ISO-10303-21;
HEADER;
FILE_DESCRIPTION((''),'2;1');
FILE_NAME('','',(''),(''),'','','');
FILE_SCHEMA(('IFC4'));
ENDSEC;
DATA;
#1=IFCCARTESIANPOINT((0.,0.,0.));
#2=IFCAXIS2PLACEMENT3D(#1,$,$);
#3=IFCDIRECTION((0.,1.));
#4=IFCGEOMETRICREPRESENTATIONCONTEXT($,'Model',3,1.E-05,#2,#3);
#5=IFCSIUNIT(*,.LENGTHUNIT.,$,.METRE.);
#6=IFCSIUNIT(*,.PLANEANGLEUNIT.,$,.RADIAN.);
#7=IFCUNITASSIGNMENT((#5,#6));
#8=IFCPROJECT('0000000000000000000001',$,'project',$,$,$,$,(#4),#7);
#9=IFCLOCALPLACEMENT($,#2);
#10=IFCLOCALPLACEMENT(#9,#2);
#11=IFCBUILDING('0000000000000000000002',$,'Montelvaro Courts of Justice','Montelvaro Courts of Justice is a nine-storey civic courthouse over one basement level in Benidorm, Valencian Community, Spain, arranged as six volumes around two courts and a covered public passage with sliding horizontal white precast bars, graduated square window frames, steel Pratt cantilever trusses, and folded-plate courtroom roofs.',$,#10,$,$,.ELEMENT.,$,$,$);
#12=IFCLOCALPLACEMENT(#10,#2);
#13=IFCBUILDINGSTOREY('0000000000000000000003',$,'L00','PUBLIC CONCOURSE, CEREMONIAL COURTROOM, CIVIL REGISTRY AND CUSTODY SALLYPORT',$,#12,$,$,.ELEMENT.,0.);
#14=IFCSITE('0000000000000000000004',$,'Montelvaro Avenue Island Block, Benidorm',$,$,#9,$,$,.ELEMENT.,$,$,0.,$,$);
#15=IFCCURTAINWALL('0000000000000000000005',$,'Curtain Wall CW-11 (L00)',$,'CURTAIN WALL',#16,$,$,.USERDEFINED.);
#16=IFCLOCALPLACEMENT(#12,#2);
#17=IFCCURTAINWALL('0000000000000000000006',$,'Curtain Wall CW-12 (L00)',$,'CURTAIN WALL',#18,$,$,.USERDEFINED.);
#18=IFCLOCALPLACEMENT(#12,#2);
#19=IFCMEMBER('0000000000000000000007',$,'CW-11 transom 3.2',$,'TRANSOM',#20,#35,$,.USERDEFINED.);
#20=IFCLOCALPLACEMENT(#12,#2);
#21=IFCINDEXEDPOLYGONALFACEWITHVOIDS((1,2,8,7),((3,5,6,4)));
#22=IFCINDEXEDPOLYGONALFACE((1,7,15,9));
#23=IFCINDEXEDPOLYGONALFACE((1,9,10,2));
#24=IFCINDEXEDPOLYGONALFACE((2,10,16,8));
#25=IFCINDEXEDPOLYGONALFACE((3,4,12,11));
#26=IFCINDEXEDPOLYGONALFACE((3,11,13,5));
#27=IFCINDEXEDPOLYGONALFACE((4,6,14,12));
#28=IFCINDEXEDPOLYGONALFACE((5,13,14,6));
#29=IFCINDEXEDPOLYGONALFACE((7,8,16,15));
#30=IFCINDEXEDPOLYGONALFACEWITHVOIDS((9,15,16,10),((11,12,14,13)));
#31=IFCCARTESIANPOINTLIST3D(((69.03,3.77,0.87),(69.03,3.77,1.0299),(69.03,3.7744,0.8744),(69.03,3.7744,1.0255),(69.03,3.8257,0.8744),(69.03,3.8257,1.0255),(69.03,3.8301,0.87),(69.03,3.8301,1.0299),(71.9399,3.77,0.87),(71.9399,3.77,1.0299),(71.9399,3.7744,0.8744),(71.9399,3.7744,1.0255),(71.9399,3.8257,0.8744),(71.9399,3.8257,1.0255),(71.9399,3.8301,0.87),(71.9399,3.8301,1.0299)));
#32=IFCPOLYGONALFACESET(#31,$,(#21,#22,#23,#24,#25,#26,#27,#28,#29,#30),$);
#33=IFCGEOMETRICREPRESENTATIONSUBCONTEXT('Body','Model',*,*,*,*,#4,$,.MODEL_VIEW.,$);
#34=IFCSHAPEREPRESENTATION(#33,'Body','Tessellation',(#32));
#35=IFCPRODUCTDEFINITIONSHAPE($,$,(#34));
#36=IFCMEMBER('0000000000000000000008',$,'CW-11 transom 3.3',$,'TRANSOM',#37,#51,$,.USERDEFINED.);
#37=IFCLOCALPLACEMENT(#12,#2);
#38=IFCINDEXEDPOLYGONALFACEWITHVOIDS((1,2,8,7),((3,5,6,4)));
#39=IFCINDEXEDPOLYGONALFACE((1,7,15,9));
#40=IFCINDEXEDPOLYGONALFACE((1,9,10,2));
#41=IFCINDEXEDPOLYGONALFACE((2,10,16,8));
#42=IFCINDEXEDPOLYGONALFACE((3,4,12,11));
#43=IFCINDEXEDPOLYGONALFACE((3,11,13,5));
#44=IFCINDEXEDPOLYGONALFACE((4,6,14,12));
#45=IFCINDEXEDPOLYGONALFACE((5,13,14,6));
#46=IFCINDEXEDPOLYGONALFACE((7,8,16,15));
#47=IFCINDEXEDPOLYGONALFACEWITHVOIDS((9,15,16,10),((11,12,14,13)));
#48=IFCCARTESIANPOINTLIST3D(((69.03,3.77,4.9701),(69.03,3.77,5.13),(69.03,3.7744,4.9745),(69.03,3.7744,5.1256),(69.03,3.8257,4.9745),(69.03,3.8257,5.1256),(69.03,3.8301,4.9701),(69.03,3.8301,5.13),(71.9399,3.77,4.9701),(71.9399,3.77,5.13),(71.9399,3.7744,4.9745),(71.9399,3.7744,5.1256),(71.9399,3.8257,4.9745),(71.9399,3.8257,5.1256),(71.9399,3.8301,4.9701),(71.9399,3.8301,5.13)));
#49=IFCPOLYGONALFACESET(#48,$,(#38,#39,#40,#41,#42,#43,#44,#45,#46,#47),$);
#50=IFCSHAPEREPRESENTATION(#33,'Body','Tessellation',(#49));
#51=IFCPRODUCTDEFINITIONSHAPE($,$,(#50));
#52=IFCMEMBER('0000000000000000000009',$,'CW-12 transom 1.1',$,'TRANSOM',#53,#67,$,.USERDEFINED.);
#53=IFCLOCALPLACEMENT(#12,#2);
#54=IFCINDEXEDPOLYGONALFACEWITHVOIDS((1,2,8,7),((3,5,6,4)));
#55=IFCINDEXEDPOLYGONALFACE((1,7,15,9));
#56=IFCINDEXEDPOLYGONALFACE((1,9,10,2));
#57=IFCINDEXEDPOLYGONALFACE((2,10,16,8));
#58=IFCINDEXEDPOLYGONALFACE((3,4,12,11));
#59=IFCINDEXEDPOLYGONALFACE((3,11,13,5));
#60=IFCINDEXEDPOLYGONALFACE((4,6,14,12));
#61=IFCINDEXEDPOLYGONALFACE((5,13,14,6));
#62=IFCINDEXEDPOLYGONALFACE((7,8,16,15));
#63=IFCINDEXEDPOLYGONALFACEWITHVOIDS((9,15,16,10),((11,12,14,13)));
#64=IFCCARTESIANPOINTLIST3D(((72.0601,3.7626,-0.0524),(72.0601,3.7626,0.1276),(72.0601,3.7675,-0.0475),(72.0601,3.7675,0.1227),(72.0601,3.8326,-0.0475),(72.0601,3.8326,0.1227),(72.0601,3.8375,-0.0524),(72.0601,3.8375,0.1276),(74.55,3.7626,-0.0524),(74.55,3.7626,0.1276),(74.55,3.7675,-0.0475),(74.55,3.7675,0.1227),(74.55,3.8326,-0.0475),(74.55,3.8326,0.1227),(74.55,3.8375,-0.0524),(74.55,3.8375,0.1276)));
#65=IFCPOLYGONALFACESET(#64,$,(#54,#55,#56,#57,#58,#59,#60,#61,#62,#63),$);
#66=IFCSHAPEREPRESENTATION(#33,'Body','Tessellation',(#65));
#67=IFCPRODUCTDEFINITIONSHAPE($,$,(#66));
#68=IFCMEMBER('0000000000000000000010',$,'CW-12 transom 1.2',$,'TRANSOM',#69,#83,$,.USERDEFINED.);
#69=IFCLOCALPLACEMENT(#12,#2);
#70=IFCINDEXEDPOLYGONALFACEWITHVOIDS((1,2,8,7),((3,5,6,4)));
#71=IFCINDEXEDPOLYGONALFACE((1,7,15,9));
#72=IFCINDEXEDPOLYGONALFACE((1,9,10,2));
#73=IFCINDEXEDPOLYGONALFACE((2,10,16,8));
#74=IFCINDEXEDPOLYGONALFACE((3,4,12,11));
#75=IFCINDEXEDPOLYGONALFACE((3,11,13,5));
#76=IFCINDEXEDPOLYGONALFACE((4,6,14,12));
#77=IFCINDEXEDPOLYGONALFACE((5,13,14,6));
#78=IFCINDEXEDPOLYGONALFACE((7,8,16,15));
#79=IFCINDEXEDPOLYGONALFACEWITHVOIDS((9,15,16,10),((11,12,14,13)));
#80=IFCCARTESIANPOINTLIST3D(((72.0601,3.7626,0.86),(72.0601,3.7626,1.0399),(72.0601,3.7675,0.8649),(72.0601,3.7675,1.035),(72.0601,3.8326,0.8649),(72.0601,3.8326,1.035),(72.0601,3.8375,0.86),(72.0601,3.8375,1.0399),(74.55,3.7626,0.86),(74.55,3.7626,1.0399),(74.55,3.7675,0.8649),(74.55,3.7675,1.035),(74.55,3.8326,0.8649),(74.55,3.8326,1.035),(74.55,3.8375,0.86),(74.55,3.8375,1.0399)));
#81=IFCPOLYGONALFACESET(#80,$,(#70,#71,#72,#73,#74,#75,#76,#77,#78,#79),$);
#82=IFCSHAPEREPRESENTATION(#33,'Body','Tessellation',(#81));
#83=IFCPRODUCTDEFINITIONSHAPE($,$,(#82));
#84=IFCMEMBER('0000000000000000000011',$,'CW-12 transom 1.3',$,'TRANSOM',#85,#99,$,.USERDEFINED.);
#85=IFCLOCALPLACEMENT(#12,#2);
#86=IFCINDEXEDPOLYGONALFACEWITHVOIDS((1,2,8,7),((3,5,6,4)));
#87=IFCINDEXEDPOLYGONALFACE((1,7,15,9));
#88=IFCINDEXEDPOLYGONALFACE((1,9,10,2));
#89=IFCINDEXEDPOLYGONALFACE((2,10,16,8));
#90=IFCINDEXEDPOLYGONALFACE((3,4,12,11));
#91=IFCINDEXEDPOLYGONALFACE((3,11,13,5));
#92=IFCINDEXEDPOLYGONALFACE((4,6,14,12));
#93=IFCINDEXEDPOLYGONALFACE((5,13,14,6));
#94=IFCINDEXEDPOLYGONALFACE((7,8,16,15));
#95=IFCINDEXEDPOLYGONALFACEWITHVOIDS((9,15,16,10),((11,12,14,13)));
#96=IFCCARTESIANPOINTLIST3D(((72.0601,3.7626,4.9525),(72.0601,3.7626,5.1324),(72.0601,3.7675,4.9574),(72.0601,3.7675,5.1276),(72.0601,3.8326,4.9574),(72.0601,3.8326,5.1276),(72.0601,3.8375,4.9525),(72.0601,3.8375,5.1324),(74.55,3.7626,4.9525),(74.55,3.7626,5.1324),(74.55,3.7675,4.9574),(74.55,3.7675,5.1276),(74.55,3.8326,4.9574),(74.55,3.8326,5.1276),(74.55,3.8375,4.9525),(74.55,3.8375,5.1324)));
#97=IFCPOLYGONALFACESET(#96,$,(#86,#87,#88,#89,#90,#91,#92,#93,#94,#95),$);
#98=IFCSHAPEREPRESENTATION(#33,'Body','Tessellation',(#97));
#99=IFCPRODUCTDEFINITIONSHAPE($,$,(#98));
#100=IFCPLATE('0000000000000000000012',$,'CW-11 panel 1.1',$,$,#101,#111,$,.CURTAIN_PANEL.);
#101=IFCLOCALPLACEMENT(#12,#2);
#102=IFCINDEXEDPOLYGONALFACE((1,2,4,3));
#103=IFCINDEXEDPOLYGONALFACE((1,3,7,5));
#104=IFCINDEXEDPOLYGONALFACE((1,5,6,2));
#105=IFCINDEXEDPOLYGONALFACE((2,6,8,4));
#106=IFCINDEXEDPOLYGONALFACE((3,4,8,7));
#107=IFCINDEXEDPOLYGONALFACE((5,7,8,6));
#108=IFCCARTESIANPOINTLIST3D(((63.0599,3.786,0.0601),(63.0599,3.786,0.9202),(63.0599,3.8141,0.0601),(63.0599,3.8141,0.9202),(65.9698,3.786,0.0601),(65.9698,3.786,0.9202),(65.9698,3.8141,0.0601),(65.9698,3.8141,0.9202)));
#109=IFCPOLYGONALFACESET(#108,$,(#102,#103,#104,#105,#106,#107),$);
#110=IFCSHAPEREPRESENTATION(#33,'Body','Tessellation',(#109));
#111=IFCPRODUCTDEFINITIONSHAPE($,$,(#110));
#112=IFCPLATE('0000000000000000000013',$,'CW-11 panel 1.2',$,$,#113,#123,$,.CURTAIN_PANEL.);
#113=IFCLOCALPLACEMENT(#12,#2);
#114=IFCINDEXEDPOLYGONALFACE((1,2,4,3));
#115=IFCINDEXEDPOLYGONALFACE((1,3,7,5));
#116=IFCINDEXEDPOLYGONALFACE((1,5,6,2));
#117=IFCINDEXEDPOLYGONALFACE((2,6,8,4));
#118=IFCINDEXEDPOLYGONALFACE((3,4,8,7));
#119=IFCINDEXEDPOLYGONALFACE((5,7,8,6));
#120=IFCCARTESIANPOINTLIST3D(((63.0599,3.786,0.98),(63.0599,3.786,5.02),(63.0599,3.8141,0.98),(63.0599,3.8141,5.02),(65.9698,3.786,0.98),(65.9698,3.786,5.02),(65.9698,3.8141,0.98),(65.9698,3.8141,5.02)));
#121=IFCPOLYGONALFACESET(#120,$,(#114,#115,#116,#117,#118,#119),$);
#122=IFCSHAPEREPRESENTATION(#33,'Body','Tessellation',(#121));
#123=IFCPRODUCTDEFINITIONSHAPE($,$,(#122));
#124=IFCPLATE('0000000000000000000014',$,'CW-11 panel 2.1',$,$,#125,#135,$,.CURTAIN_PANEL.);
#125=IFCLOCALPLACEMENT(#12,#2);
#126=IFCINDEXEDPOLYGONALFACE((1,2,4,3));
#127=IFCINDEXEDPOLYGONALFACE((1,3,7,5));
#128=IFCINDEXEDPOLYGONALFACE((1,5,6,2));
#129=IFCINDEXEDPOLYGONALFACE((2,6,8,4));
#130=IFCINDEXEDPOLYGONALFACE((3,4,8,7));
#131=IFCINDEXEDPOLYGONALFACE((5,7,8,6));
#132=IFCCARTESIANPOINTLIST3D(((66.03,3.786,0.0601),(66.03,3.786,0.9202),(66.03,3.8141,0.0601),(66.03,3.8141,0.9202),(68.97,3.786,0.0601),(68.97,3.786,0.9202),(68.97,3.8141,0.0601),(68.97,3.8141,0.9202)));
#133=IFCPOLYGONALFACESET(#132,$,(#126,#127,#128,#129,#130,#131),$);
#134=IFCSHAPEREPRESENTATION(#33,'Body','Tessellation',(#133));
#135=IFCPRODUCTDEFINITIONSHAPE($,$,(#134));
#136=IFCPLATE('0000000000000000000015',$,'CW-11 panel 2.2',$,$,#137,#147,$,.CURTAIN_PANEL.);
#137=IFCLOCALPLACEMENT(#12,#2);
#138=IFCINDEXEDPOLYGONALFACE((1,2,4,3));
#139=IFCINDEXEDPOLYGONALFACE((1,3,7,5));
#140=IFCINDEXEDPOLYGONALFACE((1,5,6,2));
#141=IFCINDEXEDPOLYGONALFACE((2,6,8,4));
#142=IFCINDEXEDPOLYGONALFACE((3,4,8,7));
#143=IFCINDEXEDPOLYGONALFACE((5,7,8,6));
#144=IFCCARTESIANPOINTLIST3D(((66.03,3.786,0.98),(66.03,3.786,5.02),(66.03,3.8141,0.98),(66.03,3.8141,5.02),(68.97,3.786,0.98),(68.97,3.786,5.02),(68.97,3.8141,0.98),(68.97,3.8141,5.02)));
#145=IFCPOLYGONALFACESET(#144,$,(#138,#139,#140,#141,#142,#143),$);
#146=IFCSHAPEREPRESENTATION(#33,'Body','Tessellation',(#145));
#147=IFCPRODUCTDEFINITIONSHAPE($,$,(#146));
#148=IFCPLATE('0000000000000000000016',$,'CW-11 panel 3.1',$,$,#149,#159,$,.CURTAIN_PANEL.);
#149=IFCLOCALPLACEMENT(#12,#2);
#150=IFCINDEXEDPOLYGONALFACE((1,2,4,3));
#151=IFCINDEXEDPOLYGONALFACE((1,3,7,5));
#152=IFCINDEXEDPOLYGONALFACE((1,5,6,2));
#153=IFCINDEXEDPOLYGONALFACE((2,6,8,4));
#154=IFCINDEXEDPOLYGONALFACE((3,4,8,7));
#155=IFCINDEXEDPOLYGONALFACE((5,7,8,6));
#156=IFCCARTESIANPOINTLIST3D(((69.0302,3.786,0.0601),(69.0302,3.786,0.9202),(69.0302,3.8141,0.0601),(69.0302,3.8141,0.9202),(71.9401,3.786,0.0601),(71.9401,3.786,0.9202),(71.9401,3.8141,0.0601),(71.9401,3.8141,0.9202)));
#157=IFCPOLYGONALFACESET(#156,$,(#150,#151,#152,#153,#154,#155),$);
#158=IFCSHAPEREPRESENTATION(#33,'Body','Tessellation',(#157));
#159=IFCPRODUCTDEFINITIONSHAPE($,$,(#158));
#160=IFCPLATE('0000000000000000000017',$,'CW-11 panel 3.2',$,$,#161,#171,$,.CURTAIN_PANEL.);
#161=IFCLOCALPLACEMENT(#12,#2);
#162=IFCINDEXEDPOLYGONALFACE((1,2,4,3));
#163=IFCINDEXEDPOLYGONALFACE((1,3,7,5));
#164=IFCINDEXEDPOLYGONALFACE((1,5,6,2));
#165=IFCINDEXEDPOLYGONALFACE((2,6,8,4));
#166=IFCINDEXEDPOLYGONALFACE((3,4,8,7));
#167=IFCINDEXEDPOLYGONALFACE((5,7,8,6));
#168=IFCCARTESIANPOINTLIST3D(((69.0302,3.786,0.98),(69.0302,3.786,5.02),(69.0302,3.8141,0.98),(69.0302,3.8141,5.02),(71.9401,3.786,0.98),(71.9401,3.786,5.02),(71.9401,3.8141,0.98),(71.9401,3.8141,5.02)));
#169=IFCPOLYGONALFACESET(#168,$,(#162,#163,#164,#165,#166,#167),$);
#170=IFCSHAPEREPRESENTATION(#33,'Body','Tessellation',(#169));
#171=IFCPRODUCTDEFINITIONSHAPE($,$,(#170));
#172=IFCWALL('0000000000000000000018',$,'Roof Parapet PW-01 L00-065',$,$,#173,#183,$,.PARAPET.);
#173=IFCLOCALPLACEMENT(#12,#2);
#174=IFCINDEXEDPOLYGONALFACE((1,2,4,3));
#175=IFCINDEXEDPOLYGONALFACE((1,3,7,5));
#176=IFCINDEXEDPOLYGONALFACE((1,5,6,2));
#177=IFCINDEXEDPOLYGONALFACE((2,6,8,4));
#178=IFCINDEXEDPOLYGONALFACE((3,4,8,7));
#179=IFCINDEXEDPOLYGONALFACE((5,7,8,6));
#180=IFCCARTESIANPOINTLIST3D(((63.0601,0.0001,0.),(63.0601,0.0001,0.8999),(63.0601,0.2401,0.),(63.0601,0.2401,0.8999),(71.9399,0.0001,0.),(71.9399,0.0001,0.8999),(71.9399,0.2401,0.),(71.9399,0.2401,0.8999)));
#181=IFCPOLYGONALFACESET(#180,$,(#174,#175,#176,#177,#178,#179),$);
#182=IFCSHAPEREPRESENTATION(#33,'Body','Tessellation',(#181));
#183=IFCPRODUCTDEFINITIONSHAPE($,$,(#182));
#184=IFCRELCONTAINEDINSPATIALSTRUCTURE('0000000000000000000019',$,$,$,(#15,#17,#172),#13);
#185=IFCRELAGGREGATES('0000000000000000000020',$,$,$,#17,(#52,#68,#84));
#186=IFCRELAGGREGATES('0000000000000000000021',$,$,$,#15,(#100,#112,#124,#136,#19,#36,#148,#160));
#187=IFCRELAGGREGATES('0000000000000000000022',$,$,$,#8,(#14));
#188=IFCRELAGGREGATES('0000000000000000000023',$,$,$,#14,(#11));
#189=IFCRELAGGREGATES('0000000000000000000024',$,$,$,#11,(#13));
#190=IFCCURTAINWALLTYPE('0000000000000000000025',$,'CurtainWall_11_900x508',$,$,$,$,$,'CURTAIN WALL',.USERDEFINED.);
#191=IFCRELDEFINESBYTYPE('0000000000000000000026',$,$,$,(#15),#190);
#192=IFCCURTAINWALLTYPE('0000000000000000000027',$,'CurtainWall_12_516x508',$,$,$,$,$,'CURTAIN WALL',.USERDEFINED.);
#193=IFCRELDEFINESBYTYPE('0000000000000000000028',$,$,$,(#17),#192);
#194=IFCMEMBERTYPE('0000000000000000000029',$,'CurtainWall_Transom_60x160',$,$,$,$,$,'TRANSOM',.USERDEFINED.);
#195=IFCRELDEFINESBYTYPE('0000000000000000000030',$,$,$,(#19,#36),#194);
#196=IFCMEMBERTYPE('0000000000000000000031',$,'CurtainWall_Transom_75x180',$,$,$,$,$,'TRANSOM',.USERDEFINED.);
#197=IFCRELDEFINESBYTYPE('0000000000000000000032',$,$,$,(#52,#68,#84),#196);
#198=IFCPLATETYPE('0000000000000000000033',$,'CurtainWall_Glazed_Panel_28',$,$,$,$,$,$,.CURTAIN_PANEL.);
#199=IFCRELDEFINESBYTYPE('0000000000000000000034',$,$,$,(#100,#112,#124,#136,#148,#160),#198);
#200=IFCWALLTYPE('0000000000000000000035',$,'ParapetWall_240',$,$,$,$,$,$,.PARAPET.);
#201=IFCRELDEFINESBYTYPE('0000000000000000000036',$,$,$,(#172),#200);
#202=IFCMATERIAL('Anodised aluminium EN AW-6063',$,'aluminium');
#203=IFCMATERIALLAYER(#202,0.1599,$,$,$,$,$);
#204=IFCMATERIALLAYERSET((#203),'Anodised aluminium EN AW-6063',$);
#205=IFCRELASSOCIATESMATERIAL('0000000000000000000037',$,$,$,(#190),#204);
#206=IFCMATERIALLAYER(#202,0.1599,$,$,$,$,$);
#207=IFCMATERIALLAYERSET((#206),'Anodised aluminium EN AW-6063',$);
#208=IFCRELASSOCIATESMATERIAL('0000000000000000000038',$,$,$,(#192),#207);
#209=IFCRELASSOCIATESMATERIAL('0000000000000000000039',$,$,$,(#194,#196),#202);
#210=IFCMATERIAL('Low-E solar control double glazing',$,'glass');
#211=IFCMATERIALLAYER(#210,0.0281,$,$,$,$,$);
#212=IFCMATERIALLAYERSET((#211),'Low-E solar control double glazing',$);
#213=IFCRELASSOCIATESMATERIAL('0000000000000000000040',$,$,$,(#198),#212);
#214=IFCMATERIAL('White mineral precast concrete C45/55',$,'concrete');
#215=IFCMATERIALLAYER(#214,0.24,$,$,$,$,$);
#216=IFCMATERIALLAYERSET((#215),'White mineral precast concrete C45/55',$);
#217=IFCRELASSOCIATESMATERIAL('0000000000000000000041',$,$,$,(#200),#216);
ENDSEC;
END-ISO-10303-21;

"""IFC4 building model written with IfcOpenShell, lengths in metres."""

from ifc_helpers import new_model, si_unit, direction, frame, frame_2d, origin, origin_2d, place, context, subcontext, project, spatial, rectangle, hollow_rectangle, extrude, material, layer, layer_set, material_profile, profile_set, type_object, element, aggregate, save


model = new_model("IFC4")

# Units and contexts
model_context = context("Model", 3, precision=1e-05, world=origin(), true_north=direction((0.0, 1.0)))
body_context = subcontext(model_context, "Body", "Model", "MODEL_VIEW")
ifc_project = project(units=[si_unit("LENGTHUNIT", "METRE"), si_unit("PLANEANGLEUNIT", "RADIAN")], contexts=[model_context])

# Site, building, storey
site_placement = place(None, origin())
site = spatial("IfcSite", under=ifc_project, at=site_placement, Name="Montelvaro Avenue Island Block, Benidorm", CompositionType="ELEMENT", RefElevation=0.0)
building_placement = place(site_placement, origin())
building = spatial("IfcBuilding", under=site, at=building_placement, Name="Montelvaro Courts of Justice", Description="Montelvaro Courts of Justice is a nine-storey civic courthouse over one basement level in Benidorm, Valencian Community, Spain, arranged as six volumes around two courts and a covered public passage with sliding horizontal white precast bars, graduated square window frames, steel Pratt cantilever trusses, and folded-plate courtroom roofs.", CompositionType="ELEMENT")
storey_placement = place(building_placement, origin())
storey = spatial("IfcBuildingStorey", under=building, at=storey_placement, Name="L00", Description="PUBLIC CONCOURSE, CEREMONIAL COURTROOM, CIVIL REGISTRY AND CUSTODY SALLYPORT", CompositionType="ELEMENT", Elevation=0.0)

# Curtain wall
ifc_material_1 = material(Name="Anodised aluminium EN AW-6063", Category="aluminium")
ifc_layer_1 = layer(ifc_material_1, 0.1599)
ifc_layer_set_1 = layer_set([ifc_layer_1], Name="Anodised aluminium EN AW-6063")
curtain_wall_type_1 = type_object("IfcCurtainWallType", Name="CurtainWall_11_900x508", ElementType="CURTAIN WALL", PredefinedType="USERDEFINED", material=ifc_layer_set_1)
curtain_wall_1_placement = place(storey_placement, origin())
curtain_wall_1 = element("IfcCurtainWall", 1, at=curtain_wall_1_placement, inside=storey, type_object=curtain_wall_type_1, Name="Curtain Wall CW-11 (L00)", ObjectType="CURTAIN WALL", PredefinedType="USERDEFINED")

# Curtain wall
ifc_layer_2 = layer(ifc_material_1, 0.1599)
ifc_layer_set_2 = layer_set([ifc_layer_2], Name="Anodised aluminium EN AW-6063")
curtain_wall_type_2 = type_object("IfcCurtainWallType", Name="CurtainWall_12_516x508", ElementType="CURTAIN WALL", PredefinedType="USERDEFINED", material=ifc_layer_set_2)
curtain_wall_2_placement = place(storey_placement, origin())
curtain_wall_2 = element("IfcCurtainWall", 2, at=curtain_wall_2_placement, inside=storey, type_object=curtain_wall_type_2, Name="Curtain Wall CW-12 (L00)", ObjectType="CURTAIN WALL", PredefinedType="USERDEFINED")

# Members
ifc_material_profile_1 = material_profile(ifc_material_1, hollow_rectangle(XDim=0.0601, YDim=0.1599, WallThickness=0.0044, at=origin_2d()), Name="ALU-T 60x160")
ifc_profile_set_1 = profile_set([ifc_material_profile_1], Name="Anodised aluminium EN AW-6063")
member_type_1 = type_object("IfcMemberType", Name="CurtainWall_Transom_60x160", ElementType="TRANSOM", PredefinedType="USERDEFINED", material=ifc_profile_set_1)
member_1_placement = place(storey_placement, frame((69.03, 3.8, 0.95), z_axis=(1.0, 0.0, 0.0), x_axis=(0.0, 1.0, 0.0)))
member_1 = element("IfcMember", 3, at=member_1_placement, type_object=member_type_1, Name="CW-11 transom 3.2", ObjectType="TRANSOM", PredefinedType="USERDEFINED", context=body_context, shape_type="SweptSolid", body=[
    extrude(hollow_rectangle(XDim=0.0601, YDim=0.1599, WallThickness=0.0044, at=origin_2d()), origin(), (0.0, 0.0, 1.0), 2.9099),
])
member_2_placement = place(storey_placement, frame((69.03, 3.8, 5.05), z_axis=(1.0, 0.0, 0.0), x_axis=(0.0, 1.0, 0.0)))
member_2 = element("IfcMember", 4, at=member_2_placement, type_object=member_type_1, Name="CW-11 transom 3.3", ObjectType="TRANSOM", PredefinedType="USERDEFINED", context=body_context, shape_type="SweptSolid", body=[
    extrude(hollow_rectangle(XDim=0.0601, YDim=0.1599, WallThickness=0.0044, at=origin_2d()), origin(), (0.0, 0.0, 1.0), 2.9099),
])
ifc_material_profile_2 = material_profile(ifc_material_1, hollow_rectangle(XDim=0.075, YDim=0.1799, WallThickness=0.0049, at=origin_2d()), Name="ALU-T 75x180")
ifc_profile_set_2 = profile_set([ifc_material_profile_2], Name="Anodised aluminium EN AW-6063")
member_type_2 = type_object("IfcMemberType", Name="CurtainWall_Transom_75x180", ElementType="TRANSOM", PredefinedType="USERDEFINED", material=ifc_profile_set_2)
member_3_placement = place(storey_placement, frame((72.0601, 3.8, 0.0376), z_axis=(1.0, 0.0, 0.0), x_axis=(0.0, 1.0, 0.0)))
member_3 = element("IfcMember", 5, at=member_3_placement, type_object=member_type_2, Name="CW-12 transom 1.1", ObjectType="TRANSOM", PredefinedType="USERDEFINED", context=body_context, shape_type="SweptSolid", body=[
    extrude(hollow_rectangle(XDim=0.075, YDim=0.1799, WallThickness=0.0049, at=origin_2d()), origin(), (0.0, 0.0, 1.0), 2.49),
])
member_4_placement = place(storey_placement, frame((72.0601, 3.8, 0.95), z_axis=(1.0, 0.0, 0.0), x_axis=(0.0, 1.0, 0.0)))
member_4 = element("IfcMember", 6, at=member_4_placement, type_object=member_type_2, Name="CW-12 transom 1.2", ObjectType="TRANSOM", PredefinedType="USERDEFINED", context=body_context, shape_type="SweptSolid", body=[
    extrude(hollow_rectangle(XDim=0.075, YDim=0.1799, WallThickness=0.0049, at=origin_2d()), origin(), (0.0, 0.0, 1.0), 2.49),
])
member_5_placement = place(storey_placement, frame((72.0601, 3.8, 5.0425), z_axis=(1.0, 0.0, 0.0), x_axis=(0.0, 1.0, 0.0)))
member_5 = element("IfcMember", 7, at=member_5_placement, type_object=member_type_2, Name="CW-12 transom 1.3", ObjectType="TRANSOM", PredefinedType="USERDEFINED", context=body_context, shape_type="SweptSolid", body=[
    extrude(hollow_rectangle(XDim=0.075, YDim=0.1799, WallThickness=0.0049, at=origin_2d()), origin(), (0.0, 0.0, 1.0), 2.49),
])
aggregate(curtain_wall_2, [member_3, member_4, member_5])

# Plates
ifc_material_2 = material(Name="Low-E solar control double glazing", Category="glass")
ifc_layer_3 = layer(ifc_material_2, 0.0281)
ifc_layer_set_3 = layer_set([ifc_layer_3], Name="Low-E solar control double glazing")
plate_type = type_object("IfcPlateType", Name="CurtainWall_Glazed_Panel_28", PredefinedType="CURTAIN_PANEL", material=ifc_layer_set_3)
plate_1_placement = place(storey_placement, frame((64.5149, 3.8, 0.0601), z_axis=(0.0, 0.0, 1.0), x_axis=(1.0, 0.0, 0.0)))
plate_1 = element("IfcPlate", 8, at=plate_1_placement, type_object=plate_type, Name="CW-11 panel 1.1", PredefinedType="CURTAIN_PANEL", context=body_context, shape_type="SweptSolid", body=[
    extrude(rectangle(XDim=2.9099, YDim=0.0281, at=origin_2d()), origin(), (0.0, 0.0, 1.0), 0.8601),
])
plate_2_placement = place(storey_placement, frame((64.5149, 3.8, 0.98), z_axis=(0.0, 0.0, 1.0), x_axis=(1.0, 0.0, 0.0)))
plate_2 = element("IfcPlate", 9, at=plate_2_placement, type_object=plate_type, Name="CW-11 panel 1.2", PredefinedType="CURTAIN_PANEL", context=body_context, shape_type="SweptSolid", body=[
    extrude(rectangle(XDim=2.9099, YDim=0.0281, at=origin_2d()), origin(), (0.0, 0.0, 1.0), 4.04),
])
plate_3_placement = place(storey_placement, frame((67.5, 3.8, 0.0601), z_axis=(0.0, 0.0, 1.0), x_axis=(1.0, 0.0, 0.0)))
plate_3 = element("IfcPlate", 10, at=plate_3_placement, type_object=plate_type, Name="CW-11 panel 2.1", PredefinedType="CURTAIN_PANEL", context=body_context, shape_type="SweptSolid", body=[
    extrude(rectangle(XDim=2.9399, YDim=0.0281, at=origin_2d()), origin(), (0.0, 0.0, 1.0), 0.8601),
])
plate_4_placement = place(storey_placement, frame((67.5, 3.8, 0.98), z_axis=(0.0, 0.0, 1.0), x_axis=(1.0, 0.0, 0.0)))
plate_4 = element("IfcPlate", 11, at=plate_4_placement, type_object=plate_type, Name="CW-11 panel 2.2", PredefinedType="CURTAIN_PANEL", context=body_context, shape_type="SweptSolid", body=[
    extrude(rectangle(XDim=2.9399, YDim=0.0281, at=origin_2d()), origin(), (0.0, 0.0, 1.0), 4.04),
])
plate_5_placement = place(storey_placement, frame((70.4851, 3.8, 0.0601), z_axis=(0.0, 0.0, 1.0), x_axis=(1.0, 0.0, 0.0)))
plate_5 = element("IfcPlate", 12, at=plate_5_placement, type_object=plate_type, Name="CW-11 panel 3.1", PredefinedType="CURTAIN_PANEL", context=body_context, shape_type="SweptSolid", body=[
    extrude(rectangle(XDim=2.9099, YDim=0.0281, at=origin_2d()), origin(), (0.0, 0.0, 1.0), 0.8601),
])
plate_6_placement = place(storey_placement, frame((70.4851, 3.8, 0.98), z_axis=(0.0, 0.0, 1.0), x_axis=(1.0, 0.0, 0.0)))
plate_6 = element("IfcPlate", 13, at=plate_6_placement, type_object=plate_type, Name="CW-11 panel 3.2", PredefinedType="CURTAIN_PANEL", context=body_context, shape_type="SweptSolid", body=[
    extrude(rectangle(XDim=2.9099, YDim=0.0281, at=origin_2d()), origin(), (0.0, 0.0, 1.0), 4.04),
])
aggregate(curtain_wall_1, [plate_1, plate_2, plate_3, plate_4, member_1, member_2, plate_5, plate_6])

# Wall
ifc_material_3 = material(Name="White mineral precast concrete C45/55", Category="concrete")
ifc_layer_4 = layer(ifc_material_3, 0.24)
ifc_layer_set_4 = layer_set([ifc_layer_4], Name="White mineral precast concrete C45/55")
wall_type = type_object("IfcWallType", Name="ParapetWall_240", PredefinedType="PARAPET", material=ifc_layer_set_4)
wall_placement = place(storey_placement, frame((63.0601, 0.1201, 0.0), z_axis=(0.0, 0.0, 1.0), x_axis=(1.0, 0.0, 0.0)))
element("IfcWall", 14, at=wall_placement, inside=storey, type_object=wall_type, Name="Roof Parapet PW-01 L00-065", PredefinedType="PARAPET", context=body_context, shape_type="SweptSolid", body=[
    extrude(rectangle(XDim=8.8799, YDim=0.24, at=frame_2d((4.4399, 0.0))), origin(), (0.0, 0.0, 1.0), 0.8999),
])

save(model, "model.ifc")
